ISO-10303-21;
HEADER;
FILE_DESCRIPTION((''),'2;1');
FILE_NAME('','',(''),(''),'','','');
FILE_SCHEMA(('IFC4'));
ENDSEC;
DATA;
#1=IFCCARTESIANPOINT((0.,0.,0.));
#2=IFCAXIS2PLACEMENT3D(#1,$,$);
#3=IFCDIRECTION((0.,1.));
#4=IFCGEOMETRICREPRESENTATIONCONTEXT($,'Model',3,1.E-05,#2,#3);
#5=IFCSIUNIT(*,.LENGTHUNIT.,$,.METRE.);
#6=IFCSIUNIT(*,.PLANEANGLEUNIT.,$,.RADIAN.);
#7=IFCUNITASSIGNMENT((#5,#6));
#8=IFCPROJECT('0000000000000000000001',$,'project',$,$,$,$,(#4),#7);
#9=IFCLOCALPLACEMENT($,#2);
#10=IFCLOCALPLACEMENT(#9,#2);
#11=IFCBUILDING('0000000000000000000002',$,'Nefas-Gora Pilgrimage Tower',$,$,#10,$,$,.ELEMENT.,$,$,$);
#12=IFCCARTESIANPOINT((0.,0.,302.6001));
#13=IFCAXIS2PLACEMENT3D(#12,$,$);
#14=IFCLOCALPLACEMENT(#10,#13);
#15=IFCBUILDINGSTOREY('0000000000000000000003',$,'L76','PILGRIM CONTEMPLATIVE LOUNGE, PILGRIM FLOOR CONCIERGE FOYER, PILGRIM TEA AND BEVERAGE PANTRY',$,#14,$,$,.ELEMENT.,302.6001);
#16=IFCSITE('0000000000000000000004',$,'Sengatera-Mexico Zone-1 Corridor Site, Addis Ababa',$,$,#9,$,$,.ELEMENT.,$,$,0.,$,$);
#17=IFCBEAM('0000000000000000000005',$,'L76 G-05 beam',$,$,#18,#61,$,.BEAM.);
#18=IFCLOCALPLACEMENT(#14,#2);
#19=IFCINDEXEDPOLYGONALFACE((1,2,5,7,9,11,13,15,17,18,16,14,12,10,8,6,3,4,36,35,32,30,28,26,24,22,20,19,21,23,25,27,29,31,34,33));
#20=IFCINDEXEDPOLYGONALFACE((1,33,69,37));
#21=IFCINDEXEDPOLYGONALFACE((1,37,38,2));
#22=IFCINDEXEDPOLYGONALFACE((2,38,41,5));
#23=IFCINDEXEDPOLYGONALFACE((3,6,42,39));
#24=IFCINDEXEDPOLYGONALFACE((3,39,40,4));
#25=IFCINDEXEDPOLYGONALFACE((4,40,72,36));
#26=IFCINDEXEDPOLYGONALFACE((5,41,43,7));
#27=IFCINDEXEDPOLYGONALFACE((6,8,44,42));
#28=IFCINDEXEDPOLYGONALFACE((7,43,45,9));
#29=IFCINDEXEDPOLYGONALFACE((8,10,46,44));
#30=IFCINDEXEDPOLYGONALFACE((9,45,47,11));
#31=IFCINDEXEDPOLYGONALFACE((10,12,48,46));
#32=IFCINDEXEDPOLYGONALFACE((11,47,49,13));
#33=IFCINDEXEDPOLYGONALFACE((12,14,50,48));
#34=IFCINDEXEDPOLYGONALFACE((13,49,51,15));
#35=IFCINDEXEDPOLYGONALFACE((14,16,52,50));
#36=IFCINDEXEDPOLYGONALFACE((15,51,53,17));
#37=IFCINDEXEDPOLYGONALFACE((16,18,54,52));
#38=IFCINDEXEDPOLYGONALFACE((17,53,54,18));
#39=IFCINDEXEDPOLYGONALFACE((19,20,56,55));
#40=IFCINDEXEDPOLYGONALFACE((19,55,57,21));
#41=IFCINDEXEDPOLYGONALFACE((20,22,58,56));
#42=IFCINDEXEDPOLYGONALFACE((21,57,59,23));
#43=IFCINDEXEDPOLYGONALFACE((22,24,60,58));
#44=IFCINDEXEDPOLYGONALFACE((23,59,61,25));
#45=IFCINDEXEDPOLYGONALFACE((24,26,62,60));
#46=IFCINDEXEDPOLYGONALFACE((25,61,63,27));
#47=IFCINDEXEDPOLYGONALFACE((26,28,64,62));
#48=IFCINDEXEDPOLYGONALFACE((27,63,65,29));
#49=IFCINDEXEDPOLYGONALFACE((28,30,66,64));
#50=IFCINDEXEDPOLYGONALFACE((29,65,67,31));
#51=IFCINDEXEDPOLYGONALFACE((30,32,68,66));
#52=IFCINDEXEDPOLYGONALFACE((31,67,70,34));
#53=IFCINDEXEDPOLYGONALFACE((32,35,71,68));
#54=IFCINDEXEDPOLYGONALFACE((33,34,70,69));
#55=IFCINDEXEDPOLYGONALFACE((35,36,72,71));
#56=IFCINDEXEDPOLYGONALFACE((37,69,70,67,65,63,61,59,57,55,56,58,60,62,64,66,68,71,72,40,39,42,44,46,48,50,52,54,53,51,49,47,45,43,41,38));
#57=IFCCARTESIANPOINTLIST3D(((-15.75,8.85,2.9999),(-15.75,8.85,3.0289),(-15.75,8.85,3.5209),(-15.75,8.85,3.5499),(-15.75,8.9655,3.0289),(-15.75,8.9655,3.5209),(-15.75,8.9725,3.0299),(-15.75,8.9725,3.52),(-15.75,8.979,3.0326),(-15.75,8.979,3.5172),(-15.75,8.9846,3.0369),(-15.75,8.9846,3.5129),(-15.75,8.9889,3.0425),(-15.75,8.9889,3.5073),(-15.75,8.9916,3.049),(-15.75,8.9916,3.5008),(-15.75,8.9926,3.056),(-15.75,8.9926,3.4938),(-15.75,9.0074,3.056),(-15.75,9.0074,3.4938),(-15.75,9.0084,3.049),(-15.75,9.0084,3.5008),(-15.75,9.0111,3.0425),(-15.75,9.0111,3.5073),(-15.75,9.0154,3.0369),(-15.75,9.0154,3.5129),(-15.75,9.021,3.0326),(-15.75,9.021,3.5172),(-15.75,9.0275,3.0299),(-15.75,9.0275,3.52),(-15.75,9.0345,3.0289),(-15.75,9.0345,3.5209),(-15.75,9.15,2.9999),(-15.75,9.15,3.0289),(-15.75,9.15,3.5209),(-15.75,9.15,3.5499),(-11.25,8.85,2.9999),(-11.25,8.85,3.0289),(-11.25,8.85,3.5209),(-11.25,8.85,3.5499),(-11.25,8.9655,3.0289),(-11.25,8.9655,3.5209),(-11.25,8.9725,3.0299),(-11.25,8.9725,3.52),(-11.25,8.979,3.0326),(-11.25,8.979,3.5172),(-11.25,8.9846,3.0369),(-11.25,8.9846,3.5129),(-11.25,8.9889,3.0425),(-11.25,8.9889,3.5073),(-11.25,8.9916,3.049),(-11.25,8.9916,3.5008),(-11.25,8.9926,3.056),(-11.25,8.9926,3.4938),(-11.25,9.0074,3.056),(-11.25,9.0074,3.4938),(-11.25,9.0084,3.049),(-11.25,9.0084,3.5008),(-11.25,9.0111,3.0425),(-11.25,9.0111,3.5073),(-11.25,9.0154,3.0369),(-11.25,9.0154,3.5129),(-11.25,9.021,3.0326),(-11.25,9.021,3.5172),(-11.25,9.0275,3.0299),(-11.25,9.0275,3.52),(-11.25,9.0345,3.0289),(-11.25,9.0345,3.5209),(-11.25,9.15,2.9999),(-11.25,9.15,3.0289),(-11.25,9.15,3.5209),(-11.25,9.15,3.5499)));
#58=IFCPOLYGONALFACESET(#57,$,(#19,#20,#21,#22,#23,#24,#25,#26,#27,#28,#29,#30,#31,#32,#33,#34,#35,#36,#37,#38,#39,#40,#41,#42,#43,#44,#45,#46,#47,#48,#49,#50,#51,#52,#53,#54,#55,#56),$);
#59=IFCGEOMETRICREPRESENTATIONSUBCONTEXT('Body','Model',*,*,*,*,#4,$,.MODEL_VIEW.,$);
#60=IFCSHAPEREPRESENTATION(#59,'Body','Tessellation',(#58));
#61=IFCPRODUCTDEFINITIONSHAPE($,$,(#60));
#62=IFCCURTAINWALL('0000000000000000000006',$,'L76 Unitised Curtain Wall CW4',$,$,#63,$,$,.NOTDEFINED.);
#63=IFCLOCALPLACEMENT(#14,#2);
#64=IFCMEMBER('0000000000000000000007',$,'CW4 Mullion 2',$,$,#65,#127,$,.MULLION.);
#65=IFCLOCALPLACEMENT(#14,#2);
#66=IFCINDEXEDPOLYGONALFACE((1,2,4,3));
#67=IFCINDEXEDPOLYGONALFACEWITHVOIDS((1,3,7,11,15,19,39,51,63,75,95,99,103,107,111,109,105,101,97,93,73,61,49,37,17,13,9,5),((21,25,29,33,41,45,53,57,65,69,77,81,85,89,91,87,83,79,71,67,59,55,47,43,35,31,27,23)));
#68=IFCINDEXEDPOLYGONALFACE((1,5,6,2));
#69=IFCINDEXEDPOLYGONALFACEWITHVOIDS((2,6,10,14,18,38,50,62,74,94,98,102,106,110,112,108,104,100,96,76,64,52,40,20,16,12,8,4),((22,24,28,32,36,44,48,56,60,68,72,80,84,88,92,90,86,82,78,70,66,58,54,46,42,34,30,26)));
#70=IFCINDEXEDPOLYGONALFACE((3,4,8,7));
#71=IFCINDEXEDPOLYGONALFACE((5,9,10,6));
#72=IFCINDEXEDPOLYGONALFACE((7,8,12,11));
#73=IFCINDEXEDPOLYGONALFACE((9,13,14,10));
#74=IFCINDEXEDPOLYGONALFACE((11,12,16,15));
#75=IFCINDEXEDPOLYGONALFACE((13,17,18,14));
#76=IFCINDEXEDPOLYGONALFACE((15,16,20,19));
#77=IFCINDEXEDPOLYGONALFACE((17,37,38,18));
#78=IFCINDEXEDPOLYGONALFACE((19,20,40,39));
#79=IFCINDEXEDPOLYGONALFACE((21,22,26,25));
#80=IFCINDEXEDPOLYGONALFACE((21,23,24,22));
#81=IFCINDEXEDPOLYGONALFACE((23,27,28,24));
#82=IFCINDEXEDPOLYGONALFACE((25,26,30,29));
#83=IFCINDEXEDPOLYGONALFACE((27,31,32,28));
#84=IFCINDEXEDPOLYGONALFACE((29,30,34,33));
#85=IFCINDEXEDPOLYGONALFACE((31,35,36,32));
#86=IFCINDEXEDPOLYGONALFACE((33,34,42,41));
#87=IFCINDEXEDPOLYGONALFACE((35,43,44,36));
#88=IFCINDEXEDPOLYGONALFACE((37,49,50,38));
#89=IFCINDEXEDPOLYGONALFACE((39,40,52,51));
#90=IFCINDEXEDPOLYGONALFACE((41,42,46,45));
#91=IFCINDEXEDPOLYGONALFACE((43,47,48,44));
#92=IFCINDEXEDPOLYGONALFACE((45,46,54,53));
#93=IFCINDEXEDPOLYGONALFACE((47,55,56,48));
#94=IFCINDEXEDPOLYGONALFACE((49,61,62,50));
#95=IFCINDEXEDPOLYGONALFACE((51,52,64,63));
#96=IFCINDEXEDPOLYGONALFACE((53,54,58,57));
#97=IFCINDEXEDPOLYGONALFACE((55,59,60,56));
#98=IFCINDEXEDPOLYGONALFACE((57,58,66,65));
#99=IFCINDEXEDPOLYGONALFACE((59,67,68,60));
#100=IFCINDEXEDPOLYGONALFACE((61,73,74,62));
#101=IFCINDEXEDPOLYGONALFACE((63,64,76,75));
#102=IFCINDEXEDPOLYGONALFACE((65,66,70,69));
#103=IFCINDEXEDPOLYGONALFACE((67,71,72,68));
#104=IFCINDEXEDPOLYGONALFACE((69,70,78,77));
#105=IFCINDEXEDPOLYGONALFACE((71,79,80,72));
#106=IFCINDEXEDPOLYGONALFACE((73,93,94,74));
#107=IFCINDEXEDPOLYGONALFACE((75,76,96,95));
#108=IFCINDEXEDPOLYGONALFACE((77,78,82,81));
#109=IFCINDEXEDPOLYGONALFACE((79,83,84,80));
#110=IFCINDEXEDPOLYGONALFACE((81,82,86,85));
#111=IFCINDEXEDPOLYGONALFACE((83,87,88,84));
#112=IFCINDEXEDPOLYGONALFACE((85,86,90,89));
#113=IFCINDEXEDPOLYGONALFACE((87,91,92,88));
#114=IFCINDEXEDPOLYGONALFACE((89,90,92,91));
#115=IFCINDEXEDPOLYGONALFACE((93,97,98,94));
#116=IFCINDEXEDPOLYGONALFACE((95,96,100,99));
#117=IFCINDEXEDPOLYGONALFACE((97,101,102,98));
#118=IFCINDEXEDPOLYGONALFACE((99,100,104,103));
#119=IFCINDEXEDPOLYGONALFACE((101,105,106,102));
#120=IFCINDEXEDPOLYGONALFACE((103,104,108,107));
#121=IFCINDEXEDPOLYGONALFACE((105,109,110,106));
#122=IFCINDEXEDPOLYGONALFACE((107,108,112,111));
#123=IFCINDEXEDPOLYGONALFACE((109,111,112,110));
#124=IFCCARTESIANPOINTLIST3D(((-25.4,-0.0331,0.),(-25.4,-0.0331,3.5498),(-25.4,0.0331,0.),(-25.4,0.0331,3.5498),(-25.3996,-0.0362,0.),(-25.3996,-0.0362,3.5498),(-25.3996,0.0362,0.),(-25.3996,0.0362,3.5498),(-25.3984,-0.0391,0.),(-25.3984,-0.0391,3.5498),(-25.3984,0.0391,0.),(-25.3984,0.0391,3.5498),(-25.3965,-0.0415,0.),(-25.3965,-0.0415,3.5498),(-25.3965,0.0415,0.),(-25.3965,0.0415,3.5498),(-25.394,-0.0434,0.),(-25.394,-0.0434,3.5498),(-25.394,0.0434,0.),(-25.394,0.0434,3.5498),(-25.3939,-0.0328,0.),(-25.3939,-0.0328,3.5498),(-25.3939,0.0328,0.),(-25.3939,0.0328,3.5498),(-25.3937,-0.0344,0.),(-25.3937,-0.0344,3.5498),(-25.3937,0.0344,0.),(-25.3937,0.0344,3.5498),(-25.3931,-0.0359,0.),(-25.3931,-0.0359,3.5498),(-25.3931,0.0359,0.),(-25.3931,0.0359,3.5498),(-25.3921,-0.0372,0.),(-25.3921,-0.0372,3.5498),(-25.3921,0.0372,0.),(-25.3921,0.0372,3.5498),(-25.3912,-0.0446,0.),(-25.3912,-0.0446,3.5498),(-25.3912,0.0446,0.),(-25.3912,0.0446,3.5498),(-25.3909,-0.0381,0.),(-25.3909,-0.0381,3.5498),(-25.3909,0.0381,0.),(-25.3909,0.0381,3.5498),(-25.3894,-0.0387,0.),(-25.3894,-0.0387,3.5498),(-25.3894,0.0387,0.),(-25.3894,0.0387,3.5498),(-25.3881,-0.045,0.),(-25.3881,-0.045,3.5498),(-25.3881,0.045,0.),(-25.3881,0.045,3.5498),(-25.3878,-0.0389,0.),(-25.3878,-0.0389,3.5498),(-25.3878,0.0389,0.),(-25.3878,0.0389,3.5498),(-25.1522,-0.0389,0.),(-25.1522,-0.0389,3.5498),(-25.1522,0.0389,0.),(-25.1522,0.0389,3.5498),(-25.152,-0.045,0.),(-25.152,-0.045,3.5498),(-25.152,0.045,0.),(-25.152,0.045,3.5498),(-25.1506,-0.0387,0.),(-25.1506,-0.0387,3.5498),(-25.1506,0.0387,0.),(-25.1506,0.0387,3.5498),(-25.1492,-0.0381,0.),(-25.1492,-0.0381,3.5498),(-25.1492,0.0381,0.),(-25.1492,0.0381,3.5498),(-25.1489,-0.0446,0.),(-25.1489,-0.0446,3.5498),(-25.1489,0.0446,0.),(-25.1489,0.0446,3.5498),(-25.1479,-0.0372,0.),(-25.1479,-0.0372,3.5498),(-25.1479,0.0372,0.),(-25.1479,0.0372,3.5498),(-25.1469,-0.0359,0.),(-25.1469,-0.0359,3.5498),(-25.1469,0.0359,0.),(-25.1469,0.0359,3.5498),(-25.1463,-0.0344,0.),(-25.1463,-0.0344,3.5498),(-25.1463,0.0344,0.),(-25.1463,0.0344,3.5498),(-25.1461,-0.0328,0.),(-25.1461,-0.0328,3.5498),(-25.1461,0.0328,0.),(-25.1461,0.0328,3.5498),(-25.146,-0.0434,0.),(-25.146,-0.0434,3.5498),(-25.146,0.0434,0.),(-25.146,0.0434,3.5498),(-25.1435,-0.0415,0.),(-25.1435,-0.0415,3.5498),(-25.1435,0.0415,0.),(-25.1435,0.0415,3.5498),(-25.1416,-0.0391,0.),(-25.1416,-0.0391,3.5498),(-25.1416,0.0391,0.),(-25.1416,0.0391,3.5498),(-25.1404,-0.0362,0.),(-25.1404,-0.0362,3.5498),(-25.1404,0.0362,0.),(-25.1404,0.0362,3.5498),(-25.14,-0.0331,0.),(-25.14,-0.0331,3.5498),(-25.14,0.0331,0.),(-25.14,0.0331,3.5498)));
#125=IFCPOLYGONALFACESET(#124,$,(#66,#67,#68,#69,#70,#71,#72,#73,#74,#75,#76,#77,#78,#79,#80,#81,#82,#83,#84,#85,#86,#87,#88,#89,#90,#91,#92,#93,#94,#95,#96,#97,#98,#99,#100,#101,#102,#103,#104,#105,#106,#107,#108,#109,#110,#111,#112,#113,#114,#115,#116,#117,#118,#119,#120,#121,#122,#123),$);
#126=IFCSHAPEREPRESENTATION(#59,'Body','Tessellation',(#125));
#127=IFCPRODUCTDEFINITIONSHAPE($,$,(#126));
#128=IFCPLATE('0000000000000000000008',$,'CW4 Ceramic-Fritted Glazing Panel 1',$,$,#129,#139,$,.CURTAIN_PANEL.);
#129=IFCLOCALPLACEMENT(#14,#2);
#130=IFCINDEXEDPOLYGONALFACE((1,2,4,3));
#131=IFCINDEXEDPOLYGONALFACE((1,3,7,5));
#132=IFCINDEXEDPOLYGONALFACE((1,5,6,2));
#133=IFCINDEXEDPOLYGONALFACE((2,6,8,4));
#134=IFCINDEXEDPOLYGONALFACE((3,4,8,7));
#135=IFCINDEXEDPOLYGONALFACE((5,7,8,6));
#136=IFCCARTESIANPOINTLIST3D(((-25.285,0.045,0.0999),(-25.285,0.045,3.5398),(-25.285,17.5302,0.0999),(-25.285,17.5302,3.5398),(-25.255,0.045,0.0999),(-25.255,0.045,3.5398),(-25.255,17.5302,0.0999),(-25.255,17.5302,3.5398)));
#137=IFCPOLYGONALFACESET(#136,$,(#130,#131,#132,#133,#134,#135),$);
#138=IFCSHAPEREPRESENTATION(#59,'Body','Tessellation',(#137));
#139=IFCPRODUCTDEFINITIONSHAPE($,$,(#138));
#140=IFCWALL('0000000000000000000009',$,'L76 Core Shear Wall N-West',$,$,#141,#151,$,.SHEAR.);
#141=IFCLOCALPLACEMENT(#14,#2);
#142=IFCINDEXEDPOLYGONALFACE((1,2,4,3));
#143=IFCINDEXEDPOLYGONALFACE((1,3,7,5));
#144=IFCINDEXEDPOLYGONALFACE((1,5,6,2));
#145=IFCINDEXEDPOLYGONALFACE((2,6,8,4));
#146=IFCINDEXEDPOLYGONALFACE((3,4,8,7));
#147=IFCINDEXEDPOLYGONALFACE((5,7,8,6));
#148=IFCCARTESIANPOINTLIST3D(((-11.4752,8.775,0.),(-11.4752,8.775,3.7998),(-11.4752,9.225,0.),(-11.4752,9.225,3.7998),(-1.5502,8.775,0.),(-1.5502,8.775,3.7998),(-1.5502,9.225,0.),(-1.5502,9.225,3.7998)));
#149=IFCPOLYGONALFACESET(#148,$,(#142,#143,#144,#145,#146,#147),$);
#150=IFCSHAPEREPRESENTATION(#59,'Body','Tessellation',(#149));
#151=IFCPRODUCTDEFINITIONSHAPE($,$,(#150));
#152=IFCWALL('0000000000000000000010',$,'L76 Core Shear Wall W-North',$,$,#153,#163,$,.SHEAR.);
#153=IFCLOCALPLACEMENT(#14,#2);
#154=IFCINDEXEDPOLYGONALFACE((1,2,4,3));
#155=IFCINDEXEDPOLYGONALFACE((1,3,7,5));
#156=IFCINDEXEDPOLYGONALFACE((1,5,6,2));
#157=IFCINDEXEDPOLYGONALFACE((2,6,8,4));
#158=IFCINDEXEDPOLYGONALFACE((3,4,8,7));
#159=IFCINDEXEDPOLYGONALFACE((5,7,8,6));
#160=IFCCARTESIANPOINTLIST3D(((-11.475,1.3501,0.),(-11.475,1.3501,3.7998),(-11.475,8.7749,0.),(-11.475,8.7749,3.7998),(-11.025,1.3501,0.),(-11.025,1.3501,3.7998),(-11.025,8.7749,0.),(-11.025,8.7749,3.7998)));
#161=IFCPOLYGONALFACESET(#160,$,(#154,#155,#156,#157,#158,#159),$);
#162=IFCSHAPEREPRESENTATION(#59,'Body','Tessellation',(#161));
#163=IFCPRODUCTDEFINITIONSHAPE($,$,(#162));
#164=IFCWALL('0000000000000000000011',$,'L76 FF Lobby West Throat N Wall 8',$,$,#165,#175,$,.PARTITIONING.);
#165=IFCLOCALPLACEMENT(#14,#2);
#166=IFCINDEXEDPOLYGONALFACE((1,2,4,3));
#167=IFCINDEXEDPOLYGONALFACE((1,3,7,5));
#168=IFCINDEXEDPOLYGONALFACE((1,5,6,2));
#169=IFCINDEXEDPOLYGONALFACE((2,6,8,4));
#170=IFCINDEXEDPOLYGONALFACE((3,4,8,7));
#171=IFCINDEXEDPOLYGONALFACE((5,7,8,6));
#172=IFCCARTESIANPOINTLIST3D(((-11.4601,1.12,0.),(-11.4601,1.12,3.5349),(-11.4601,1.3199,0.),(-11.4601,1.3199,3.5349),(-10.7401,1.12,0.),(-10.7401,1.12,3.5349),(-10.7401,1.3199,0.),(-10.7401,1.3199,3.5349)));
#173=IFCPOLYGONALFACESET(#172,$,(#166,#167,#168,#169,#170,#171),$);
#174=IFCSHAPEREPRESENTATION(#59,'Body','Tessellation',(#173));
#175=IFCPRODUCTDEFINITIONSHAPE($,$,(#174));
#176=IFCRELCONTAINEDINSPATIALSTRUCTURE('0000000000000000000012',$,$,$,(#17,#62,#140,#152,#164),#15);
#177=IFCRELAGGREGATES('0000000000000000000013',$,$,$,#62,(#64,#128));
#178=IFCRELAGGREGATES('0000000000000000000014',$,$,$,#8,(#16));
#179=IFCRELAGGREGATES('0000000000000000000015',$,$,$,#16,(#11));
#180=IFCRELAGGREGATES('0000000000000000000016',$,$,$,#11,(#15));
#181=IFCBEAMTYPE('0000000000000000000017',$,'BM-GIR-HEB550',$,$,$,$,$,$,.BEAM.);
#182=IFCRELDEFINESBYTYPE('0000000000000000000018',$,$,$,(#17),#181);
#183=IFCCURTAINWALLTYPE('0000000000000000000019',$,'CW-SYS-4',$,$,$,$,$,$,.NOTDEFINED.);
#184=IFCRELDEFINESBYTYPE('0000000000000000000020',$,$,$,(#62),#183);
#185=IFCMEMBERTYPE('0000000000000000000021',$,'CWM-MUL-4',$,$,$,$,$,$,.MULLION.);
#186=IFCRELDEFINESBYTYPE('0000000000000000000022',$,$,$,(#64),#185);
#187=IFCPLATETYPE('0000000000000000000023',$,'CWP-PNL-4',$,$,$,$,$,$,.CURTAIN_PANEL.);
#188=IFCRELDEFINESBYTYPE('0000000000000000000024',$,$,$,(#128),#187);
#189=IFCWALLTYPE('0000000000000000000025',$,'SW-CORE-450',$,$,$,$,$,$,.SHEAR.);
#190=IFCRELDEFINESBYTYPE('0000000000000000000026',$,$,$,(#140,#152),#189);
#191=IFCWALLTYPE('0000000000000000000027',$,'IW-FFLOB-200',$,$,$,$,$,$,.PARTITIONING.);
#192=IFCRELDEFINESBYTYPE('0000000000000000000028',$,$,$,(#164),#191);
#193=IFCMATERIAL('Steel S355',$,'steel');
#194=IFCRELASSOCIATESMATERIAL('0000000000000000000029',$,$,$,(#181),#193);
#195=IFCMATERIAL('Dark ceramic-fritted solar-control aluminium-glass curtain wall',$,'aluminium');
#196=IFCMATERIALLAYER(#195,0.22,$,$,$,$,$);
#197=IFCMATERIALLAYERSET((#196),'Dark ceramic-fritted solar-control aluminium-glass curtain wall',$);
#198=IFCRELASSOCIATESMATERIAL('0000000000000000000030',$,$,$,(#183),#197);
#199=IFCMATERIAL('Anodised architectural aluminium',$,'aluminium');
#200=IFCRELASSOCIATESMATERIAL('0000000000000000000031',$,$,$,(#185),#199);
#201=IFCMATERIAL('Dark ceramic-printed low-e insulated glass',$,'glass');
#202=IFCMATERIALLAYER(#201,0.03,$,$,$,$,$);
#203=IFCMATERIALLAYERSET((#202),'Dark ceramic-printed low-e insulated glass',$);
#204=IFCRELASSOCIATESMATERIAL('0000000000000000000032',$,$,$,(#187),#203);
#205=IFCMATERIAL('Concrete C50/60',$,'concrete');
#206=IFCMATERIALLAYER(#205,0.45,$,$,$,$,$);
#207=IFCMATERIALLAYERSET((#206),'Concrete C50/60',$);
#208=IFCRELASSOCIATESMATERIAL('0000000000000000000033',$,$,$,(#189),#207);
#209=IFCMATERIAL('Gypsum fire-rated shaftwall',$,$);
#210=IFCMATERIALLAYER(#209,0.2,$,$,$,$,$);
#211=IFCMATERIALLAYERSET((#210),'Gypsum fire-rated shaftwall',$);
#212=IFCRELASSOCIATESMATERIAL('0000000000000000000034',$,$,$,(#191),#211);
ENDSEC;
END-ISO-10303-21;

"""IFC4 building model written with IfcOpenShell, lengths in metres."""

from ifc_helpers import new_model, si_unit, direction, frame, frame_2d, origin, origin_2d, place, context, subcontext, project, spatial, rectangle, hollow_rectangle, i_section, extrude, source, transform, mapped, material, layer, layer_set, material_profile, profile_set, type_object, element, aggregate, save


model = new_model("IFC4")

# Units and contexts
model_context = context("Model", 3, precision=1e-05, world=origin(), true_north=direction((0.0, 1.0)))
body_context = subcontext(model_context, "Body", "Model", "MODEL_VIEW")
ifc_project = project(units=[si_unit("LENGTHUNIT", "METRE"), si_unit("PLANEANGLEUNIT", "RADIAN")], contexts=[model_context])

# Site, building, storey
site_placement = place(None, origin())
site = spatial("IfcSite", under=ifc_project, at=site_placement, Name="Sengatera-Mexico Zone-1 Corridor Site, Addis Ababa", CompositionType="ELEMENT", RefElevation=0.0)
building_placement = place(site_placement, origin())
building = spatial("IfcBuilding", under=site, at=building_placement, Name="Nefas-Gora Pilgrimage Tower", CompositionType="ELEMENT")
storey_placement = place(building_placement, frame((0.0, 0.0, 302.6001)))
storey = spatial("IfcBuildingStorey", under=building, at=storey_placement, Name="L76", Description="PILGRIM CONTEMPLATIVE LOUNGE, PILGRIM FLOOR CONCIERGE FOYER, PILGRIM TEA AND BEVERAGE PANTRY", CompositionType="ELEMENT", Elevation=302.6001)

# Shared definitions
ifc_material_1 = material(Name="Steel S355", Category="steel")

# Beam
ifc_material_profile_1 = material_profile(ifc_material_1, i_section(OverallWidth=0.3, OverallDepth=0.55, WebThickness=0.0149, FlangeThickness=0.0291, FilletRadius=0.0271, at=origin_2d()), Name="HEB 550")
ifc_profile_set_1 = profile_set([ifc_material_profile_1], Name="Steel S355")
beam_type_1 = type_object("IfcBeamType", Name="BM-GIR-HEB550", PredefinedType="BEAM", material=ifc_profile_set_1)
shared_shape_1 = source(origin(), body_context, "Body", "SweptSolid", [
    extrude(i_section(OverallWidth=0.3, OverallDepth=0.55, WebThickness=0.0149, FlangeThickness=0.0291, FilletRadius=0.0271, at=origin_2d()), origin(), (0.0, 0.0, 1.0), 4.5),
])
for number, where, z_axis, x_axis, name in (
    (1, (-15.75, 9.0, 3.2749), (1.0, 0.0, 0.0), (0.0, 1.0, 0.0), "L76 G-05 beam"),
):
    element("IfcBeam", number, at=place(storey_placement, frame(where, z_axis=z_axis, x_axis=x_axis)), inside=storey, type_object=beam_type_1, Name=name, PredefinedType="BEAM", context=body_context, shape_type="MappedRepresentation", body=[
        mapped(shared_shape_1, transform((0.0, 0.0, 0.0), x_axis=(1.0, 0.0, 0.0), y_axis=(0.0, 1.0, 0.0), z_axis=(0.0, 0.0, 1.0), scale=1.0)),
    ])

# Curtain wall, member, plate
ifc_material_2 = material(Name="Dark ceramic-fritted solar-control aluminium-glass curtain wall", Category="aluminium")
ifc_layer_1 = layer(ifc_material_2, 0.22)
ifc_layer_set_1 = layer_set([ifc_layer_1], Name="Dark ceramic-fritted solar-control aluminium-glass curtain wall")
curtain_wall_type = type_object("IfcCurtainWallType", Name="CW-SYS-4", PredefinedType="NOTDEFINED", material=ifc_layer_set_1)
curtain_wall_placement = place(storey_placement, origin())
curtain_wall = element("IfcCurtainWall", 2, at=curtain_wall_placement, inside=storey, type_object=curtain_wall_type, Name="L76 Unitised Curtain Wall CW4", PredefinedType="NOTDEFINED")
ifc_material_3 = material(Name="Anodised architectural aluminium", Category="aluminium")
ifc_material_profile_2 = material_profile(ifc_material_3, hollow_rectangle(XDim=0.0901, YDim=0.26, WallThickness=0.0061, InnerFilletRadius=0.0061, OuterFilletRadius=0.012, at=origin_2d()), Name="ALU MULLION 90x260")
ifc_profile_set_2 = profile_set([ifc_material_profile_2], Name="Anodised architectural aluminium")
member_type = type_object("IfcMemberType", Name="CWM-MUL-4", PredefinedType="MULLION", material=ifc_profile_set_2)
shared_shape_2 = source(origin(), body_context, "Body", "SweptSolid", [
    extrude(hollow_rectangle(XDim=0.0901, YDim=0.26, WallThickness=0.0061, InnerFilletRadius=0.0061, OuterFilletRadius=0.012, at=origin_2d()), origin(), (0.0, 0.0, 1.0), 3.5498),
])
member_placement = place(storey_placement, frame((-25.27, 0.0, 0.0), z_axis=(0.0, 0.0, 1.0), x_axis=(0.0, -1.0, 0.0)))
member = element("IfcMember", 3, at=member_placement, type_object=member_type, Name="CW4 Mullion 2", PredefinedType="MULLION", context=body_context, shape_type="MappedRepresentation", body=[
    mapped(shared_shape_2, transform((0.0, 0.0, 0.0), x_axis=(1.0, 0.0, 0.0), y_axis=(0.0, 1.0, 0.0), z_axis=(0.0, 0.0, 1.0), scale=1.0)),
])
ifc_material_4 = material(Name="Dark ceramic-printed low-e insulated glass", Category="glass")
ifc_layer_2 = layer(ifc_material_4, 0.03)
ifc_layer_set_2 = layer_set([ifc_layer_2], Name="Dark ceramic-printed low-e insulated glass")
plate_type = type_object("IfcPlateType", Name="CWP-PNL-4", PredefinedType="CURTAIN_PANEL", material=ifc_layer_set_2)
shared_shape_3 = source(origin(), body_context, "Body", "SweptSolid", [
    extrude(rectangle(XDim=17.4851, YDim=0.03, at=origin_2d()), origin(), (0.0, 0.0, 1.0), 3.4399),
])
plate_placement = place(storey_placement, frame((-25.27, 8.7876, 0.0999), z_axis=(0.0, 0.0, 1.0), x_axis=(0.0, -1.0, 0.0)))
plate = element("IfcPlate", 4, at=plate_placement, type_object=plate_type, Name="CW4 Ceramic-Fritted Glazing Panel 1", PredefinedType="CURTAIN_PANEL", context=body_context, shape_type="MappedRepresentation", body=[
    mapped(shared_shape_3, transform((0.0, 0.0, 0.0), x_axis=(1.0, 0.0, 0.0), y_axis=(0.0, 1.0, 0.0), z_axis=(0.0, 0.0, 1.0), scale=1.0)),
])
aggregate(curtain_wall, [member, plate])

# Walls
ifc_material_5 = material(Name="Concrete C50/60", Category="concrete")
ifc_layer_3 = layer(ifc_material_5, 0.45)
ifc_layer_set_3 = layer_set([ifc_layer_3], Name="Concrete C50/60")
wall_type_1 = type_object("IfcWallType", Name="SW-CORE-450", PredefinedType="SHEAR", material=ifc_layer_set_3)
shared_shape_4 = source(origin(), body_context, "Body", "SweptSolid", [
    extrude(rectangle(XDim=9.925, YDim=0.45, at=frame_2d((4.9624, 0.0))), origin(), (0.0, 0.0, 1.0), 3.7998),
])
wall_1_placement = place(storey_placement, frame((-11.4751, 9.0, 0.0), z_axis=(0.0, 0.0, 1.0), x_axis=(1.0, 0.0, 0.0)))
element("IfcWall", 5, at=wall_1_placement, inside=storey, type_object=wall_type_1, Name="L76 Core Shear Wall N-West", PredefinedType="SHEAR", context=body_context, shape_type="MappedRepresentation", body=[
    mapped(shared_shape_4, transform((0.0, 0.0, 0.0), x_axis=(1.0, 0.0, 0.0), y_axis=(0.0, 1.0, 0.0), z_axis=(0.0, 0.0, 1.0), scale=1.0)),
])
shared_shape_5 = source(origin(), body_context, "Body", "SweptSolid", [
    extrude(rectangle(XDim=7.4248, YDim=0.45, at=frame_2d((3.7124, 0.0))), origin(), (0.0, 0.0, 1.0), 3.7998),
])
wall_2_placement = place(storey_placement, frame((-11.25, 1.3501, 0.0), z_axis=(0.0, 0.0, 1.0), x_axis=(0.0, 1.0, 0.0)))
element("IfcWall", 6, at=wall_2_placement, inside=storey, type_object=wall_type_1, Name="L76 Core Shear Wall W-North", PredefinedType="SHEAR", context=body_context, shape_type="MappedRepresentation", body=[
    mapped(shared_shape_5, transform((0.0, 0.0, 0.0), x_axis=(1.0, 0.0, 0.0), y_axis=(0.0, 1.0, 0.0), z_axis=(0.0, 0.0, 1.0), scale=1.0)),
])
ifc_material_6 = material(Name="Gypsum fire-rated shaftwall")
ifc_layer_4 = layer(ifc_material_6, 0.2)
ifc_layer_set_4 = layer_set([ifc_layer_4], Name="Gypsum fire-rated shaftwall")
wall_type_2 = type_object("IfcWallType", Name="IW-FFLOB-200", PredefinedType="PARTITIONING", material=ifc_layer_set_4)
shared_shape_6 = source(origin(), body_context, "Body", "SweptSolid", [
    extrude(rectangle(XDim=0.72, YDim=0.2, at=frame_2d((0.3599, 0.0))), origin(), (0.0, 0.0, 1.0), 3.5349),
])
wall_3_placement = place(storey_placement, frame((-11.46, 1.22, 0.0), z_axis=(0.0, 0.0, 1.0), x_axis=(1.0, 0.0, 0.0)))
element("IfcWall", 7, at=wall_3_placement, inside=storey, type_object=wall_type_2, Name="L76 FF Lobby West Throat N Wall 8", PredefinedType="PARTITIONING", context=body_context, shape_type="MappedRepresentation", body=[
    mapped(shared_shape_6, transform((0.0, 0.0, 0.0), x_axis=(1.0, 0.0, 0.0), y_axis=(0.0, 1.0, 0.0), z_axis=(0.0, 0.0, 1.0), scale=1.0)),
])

save(model, "model.ifc")
